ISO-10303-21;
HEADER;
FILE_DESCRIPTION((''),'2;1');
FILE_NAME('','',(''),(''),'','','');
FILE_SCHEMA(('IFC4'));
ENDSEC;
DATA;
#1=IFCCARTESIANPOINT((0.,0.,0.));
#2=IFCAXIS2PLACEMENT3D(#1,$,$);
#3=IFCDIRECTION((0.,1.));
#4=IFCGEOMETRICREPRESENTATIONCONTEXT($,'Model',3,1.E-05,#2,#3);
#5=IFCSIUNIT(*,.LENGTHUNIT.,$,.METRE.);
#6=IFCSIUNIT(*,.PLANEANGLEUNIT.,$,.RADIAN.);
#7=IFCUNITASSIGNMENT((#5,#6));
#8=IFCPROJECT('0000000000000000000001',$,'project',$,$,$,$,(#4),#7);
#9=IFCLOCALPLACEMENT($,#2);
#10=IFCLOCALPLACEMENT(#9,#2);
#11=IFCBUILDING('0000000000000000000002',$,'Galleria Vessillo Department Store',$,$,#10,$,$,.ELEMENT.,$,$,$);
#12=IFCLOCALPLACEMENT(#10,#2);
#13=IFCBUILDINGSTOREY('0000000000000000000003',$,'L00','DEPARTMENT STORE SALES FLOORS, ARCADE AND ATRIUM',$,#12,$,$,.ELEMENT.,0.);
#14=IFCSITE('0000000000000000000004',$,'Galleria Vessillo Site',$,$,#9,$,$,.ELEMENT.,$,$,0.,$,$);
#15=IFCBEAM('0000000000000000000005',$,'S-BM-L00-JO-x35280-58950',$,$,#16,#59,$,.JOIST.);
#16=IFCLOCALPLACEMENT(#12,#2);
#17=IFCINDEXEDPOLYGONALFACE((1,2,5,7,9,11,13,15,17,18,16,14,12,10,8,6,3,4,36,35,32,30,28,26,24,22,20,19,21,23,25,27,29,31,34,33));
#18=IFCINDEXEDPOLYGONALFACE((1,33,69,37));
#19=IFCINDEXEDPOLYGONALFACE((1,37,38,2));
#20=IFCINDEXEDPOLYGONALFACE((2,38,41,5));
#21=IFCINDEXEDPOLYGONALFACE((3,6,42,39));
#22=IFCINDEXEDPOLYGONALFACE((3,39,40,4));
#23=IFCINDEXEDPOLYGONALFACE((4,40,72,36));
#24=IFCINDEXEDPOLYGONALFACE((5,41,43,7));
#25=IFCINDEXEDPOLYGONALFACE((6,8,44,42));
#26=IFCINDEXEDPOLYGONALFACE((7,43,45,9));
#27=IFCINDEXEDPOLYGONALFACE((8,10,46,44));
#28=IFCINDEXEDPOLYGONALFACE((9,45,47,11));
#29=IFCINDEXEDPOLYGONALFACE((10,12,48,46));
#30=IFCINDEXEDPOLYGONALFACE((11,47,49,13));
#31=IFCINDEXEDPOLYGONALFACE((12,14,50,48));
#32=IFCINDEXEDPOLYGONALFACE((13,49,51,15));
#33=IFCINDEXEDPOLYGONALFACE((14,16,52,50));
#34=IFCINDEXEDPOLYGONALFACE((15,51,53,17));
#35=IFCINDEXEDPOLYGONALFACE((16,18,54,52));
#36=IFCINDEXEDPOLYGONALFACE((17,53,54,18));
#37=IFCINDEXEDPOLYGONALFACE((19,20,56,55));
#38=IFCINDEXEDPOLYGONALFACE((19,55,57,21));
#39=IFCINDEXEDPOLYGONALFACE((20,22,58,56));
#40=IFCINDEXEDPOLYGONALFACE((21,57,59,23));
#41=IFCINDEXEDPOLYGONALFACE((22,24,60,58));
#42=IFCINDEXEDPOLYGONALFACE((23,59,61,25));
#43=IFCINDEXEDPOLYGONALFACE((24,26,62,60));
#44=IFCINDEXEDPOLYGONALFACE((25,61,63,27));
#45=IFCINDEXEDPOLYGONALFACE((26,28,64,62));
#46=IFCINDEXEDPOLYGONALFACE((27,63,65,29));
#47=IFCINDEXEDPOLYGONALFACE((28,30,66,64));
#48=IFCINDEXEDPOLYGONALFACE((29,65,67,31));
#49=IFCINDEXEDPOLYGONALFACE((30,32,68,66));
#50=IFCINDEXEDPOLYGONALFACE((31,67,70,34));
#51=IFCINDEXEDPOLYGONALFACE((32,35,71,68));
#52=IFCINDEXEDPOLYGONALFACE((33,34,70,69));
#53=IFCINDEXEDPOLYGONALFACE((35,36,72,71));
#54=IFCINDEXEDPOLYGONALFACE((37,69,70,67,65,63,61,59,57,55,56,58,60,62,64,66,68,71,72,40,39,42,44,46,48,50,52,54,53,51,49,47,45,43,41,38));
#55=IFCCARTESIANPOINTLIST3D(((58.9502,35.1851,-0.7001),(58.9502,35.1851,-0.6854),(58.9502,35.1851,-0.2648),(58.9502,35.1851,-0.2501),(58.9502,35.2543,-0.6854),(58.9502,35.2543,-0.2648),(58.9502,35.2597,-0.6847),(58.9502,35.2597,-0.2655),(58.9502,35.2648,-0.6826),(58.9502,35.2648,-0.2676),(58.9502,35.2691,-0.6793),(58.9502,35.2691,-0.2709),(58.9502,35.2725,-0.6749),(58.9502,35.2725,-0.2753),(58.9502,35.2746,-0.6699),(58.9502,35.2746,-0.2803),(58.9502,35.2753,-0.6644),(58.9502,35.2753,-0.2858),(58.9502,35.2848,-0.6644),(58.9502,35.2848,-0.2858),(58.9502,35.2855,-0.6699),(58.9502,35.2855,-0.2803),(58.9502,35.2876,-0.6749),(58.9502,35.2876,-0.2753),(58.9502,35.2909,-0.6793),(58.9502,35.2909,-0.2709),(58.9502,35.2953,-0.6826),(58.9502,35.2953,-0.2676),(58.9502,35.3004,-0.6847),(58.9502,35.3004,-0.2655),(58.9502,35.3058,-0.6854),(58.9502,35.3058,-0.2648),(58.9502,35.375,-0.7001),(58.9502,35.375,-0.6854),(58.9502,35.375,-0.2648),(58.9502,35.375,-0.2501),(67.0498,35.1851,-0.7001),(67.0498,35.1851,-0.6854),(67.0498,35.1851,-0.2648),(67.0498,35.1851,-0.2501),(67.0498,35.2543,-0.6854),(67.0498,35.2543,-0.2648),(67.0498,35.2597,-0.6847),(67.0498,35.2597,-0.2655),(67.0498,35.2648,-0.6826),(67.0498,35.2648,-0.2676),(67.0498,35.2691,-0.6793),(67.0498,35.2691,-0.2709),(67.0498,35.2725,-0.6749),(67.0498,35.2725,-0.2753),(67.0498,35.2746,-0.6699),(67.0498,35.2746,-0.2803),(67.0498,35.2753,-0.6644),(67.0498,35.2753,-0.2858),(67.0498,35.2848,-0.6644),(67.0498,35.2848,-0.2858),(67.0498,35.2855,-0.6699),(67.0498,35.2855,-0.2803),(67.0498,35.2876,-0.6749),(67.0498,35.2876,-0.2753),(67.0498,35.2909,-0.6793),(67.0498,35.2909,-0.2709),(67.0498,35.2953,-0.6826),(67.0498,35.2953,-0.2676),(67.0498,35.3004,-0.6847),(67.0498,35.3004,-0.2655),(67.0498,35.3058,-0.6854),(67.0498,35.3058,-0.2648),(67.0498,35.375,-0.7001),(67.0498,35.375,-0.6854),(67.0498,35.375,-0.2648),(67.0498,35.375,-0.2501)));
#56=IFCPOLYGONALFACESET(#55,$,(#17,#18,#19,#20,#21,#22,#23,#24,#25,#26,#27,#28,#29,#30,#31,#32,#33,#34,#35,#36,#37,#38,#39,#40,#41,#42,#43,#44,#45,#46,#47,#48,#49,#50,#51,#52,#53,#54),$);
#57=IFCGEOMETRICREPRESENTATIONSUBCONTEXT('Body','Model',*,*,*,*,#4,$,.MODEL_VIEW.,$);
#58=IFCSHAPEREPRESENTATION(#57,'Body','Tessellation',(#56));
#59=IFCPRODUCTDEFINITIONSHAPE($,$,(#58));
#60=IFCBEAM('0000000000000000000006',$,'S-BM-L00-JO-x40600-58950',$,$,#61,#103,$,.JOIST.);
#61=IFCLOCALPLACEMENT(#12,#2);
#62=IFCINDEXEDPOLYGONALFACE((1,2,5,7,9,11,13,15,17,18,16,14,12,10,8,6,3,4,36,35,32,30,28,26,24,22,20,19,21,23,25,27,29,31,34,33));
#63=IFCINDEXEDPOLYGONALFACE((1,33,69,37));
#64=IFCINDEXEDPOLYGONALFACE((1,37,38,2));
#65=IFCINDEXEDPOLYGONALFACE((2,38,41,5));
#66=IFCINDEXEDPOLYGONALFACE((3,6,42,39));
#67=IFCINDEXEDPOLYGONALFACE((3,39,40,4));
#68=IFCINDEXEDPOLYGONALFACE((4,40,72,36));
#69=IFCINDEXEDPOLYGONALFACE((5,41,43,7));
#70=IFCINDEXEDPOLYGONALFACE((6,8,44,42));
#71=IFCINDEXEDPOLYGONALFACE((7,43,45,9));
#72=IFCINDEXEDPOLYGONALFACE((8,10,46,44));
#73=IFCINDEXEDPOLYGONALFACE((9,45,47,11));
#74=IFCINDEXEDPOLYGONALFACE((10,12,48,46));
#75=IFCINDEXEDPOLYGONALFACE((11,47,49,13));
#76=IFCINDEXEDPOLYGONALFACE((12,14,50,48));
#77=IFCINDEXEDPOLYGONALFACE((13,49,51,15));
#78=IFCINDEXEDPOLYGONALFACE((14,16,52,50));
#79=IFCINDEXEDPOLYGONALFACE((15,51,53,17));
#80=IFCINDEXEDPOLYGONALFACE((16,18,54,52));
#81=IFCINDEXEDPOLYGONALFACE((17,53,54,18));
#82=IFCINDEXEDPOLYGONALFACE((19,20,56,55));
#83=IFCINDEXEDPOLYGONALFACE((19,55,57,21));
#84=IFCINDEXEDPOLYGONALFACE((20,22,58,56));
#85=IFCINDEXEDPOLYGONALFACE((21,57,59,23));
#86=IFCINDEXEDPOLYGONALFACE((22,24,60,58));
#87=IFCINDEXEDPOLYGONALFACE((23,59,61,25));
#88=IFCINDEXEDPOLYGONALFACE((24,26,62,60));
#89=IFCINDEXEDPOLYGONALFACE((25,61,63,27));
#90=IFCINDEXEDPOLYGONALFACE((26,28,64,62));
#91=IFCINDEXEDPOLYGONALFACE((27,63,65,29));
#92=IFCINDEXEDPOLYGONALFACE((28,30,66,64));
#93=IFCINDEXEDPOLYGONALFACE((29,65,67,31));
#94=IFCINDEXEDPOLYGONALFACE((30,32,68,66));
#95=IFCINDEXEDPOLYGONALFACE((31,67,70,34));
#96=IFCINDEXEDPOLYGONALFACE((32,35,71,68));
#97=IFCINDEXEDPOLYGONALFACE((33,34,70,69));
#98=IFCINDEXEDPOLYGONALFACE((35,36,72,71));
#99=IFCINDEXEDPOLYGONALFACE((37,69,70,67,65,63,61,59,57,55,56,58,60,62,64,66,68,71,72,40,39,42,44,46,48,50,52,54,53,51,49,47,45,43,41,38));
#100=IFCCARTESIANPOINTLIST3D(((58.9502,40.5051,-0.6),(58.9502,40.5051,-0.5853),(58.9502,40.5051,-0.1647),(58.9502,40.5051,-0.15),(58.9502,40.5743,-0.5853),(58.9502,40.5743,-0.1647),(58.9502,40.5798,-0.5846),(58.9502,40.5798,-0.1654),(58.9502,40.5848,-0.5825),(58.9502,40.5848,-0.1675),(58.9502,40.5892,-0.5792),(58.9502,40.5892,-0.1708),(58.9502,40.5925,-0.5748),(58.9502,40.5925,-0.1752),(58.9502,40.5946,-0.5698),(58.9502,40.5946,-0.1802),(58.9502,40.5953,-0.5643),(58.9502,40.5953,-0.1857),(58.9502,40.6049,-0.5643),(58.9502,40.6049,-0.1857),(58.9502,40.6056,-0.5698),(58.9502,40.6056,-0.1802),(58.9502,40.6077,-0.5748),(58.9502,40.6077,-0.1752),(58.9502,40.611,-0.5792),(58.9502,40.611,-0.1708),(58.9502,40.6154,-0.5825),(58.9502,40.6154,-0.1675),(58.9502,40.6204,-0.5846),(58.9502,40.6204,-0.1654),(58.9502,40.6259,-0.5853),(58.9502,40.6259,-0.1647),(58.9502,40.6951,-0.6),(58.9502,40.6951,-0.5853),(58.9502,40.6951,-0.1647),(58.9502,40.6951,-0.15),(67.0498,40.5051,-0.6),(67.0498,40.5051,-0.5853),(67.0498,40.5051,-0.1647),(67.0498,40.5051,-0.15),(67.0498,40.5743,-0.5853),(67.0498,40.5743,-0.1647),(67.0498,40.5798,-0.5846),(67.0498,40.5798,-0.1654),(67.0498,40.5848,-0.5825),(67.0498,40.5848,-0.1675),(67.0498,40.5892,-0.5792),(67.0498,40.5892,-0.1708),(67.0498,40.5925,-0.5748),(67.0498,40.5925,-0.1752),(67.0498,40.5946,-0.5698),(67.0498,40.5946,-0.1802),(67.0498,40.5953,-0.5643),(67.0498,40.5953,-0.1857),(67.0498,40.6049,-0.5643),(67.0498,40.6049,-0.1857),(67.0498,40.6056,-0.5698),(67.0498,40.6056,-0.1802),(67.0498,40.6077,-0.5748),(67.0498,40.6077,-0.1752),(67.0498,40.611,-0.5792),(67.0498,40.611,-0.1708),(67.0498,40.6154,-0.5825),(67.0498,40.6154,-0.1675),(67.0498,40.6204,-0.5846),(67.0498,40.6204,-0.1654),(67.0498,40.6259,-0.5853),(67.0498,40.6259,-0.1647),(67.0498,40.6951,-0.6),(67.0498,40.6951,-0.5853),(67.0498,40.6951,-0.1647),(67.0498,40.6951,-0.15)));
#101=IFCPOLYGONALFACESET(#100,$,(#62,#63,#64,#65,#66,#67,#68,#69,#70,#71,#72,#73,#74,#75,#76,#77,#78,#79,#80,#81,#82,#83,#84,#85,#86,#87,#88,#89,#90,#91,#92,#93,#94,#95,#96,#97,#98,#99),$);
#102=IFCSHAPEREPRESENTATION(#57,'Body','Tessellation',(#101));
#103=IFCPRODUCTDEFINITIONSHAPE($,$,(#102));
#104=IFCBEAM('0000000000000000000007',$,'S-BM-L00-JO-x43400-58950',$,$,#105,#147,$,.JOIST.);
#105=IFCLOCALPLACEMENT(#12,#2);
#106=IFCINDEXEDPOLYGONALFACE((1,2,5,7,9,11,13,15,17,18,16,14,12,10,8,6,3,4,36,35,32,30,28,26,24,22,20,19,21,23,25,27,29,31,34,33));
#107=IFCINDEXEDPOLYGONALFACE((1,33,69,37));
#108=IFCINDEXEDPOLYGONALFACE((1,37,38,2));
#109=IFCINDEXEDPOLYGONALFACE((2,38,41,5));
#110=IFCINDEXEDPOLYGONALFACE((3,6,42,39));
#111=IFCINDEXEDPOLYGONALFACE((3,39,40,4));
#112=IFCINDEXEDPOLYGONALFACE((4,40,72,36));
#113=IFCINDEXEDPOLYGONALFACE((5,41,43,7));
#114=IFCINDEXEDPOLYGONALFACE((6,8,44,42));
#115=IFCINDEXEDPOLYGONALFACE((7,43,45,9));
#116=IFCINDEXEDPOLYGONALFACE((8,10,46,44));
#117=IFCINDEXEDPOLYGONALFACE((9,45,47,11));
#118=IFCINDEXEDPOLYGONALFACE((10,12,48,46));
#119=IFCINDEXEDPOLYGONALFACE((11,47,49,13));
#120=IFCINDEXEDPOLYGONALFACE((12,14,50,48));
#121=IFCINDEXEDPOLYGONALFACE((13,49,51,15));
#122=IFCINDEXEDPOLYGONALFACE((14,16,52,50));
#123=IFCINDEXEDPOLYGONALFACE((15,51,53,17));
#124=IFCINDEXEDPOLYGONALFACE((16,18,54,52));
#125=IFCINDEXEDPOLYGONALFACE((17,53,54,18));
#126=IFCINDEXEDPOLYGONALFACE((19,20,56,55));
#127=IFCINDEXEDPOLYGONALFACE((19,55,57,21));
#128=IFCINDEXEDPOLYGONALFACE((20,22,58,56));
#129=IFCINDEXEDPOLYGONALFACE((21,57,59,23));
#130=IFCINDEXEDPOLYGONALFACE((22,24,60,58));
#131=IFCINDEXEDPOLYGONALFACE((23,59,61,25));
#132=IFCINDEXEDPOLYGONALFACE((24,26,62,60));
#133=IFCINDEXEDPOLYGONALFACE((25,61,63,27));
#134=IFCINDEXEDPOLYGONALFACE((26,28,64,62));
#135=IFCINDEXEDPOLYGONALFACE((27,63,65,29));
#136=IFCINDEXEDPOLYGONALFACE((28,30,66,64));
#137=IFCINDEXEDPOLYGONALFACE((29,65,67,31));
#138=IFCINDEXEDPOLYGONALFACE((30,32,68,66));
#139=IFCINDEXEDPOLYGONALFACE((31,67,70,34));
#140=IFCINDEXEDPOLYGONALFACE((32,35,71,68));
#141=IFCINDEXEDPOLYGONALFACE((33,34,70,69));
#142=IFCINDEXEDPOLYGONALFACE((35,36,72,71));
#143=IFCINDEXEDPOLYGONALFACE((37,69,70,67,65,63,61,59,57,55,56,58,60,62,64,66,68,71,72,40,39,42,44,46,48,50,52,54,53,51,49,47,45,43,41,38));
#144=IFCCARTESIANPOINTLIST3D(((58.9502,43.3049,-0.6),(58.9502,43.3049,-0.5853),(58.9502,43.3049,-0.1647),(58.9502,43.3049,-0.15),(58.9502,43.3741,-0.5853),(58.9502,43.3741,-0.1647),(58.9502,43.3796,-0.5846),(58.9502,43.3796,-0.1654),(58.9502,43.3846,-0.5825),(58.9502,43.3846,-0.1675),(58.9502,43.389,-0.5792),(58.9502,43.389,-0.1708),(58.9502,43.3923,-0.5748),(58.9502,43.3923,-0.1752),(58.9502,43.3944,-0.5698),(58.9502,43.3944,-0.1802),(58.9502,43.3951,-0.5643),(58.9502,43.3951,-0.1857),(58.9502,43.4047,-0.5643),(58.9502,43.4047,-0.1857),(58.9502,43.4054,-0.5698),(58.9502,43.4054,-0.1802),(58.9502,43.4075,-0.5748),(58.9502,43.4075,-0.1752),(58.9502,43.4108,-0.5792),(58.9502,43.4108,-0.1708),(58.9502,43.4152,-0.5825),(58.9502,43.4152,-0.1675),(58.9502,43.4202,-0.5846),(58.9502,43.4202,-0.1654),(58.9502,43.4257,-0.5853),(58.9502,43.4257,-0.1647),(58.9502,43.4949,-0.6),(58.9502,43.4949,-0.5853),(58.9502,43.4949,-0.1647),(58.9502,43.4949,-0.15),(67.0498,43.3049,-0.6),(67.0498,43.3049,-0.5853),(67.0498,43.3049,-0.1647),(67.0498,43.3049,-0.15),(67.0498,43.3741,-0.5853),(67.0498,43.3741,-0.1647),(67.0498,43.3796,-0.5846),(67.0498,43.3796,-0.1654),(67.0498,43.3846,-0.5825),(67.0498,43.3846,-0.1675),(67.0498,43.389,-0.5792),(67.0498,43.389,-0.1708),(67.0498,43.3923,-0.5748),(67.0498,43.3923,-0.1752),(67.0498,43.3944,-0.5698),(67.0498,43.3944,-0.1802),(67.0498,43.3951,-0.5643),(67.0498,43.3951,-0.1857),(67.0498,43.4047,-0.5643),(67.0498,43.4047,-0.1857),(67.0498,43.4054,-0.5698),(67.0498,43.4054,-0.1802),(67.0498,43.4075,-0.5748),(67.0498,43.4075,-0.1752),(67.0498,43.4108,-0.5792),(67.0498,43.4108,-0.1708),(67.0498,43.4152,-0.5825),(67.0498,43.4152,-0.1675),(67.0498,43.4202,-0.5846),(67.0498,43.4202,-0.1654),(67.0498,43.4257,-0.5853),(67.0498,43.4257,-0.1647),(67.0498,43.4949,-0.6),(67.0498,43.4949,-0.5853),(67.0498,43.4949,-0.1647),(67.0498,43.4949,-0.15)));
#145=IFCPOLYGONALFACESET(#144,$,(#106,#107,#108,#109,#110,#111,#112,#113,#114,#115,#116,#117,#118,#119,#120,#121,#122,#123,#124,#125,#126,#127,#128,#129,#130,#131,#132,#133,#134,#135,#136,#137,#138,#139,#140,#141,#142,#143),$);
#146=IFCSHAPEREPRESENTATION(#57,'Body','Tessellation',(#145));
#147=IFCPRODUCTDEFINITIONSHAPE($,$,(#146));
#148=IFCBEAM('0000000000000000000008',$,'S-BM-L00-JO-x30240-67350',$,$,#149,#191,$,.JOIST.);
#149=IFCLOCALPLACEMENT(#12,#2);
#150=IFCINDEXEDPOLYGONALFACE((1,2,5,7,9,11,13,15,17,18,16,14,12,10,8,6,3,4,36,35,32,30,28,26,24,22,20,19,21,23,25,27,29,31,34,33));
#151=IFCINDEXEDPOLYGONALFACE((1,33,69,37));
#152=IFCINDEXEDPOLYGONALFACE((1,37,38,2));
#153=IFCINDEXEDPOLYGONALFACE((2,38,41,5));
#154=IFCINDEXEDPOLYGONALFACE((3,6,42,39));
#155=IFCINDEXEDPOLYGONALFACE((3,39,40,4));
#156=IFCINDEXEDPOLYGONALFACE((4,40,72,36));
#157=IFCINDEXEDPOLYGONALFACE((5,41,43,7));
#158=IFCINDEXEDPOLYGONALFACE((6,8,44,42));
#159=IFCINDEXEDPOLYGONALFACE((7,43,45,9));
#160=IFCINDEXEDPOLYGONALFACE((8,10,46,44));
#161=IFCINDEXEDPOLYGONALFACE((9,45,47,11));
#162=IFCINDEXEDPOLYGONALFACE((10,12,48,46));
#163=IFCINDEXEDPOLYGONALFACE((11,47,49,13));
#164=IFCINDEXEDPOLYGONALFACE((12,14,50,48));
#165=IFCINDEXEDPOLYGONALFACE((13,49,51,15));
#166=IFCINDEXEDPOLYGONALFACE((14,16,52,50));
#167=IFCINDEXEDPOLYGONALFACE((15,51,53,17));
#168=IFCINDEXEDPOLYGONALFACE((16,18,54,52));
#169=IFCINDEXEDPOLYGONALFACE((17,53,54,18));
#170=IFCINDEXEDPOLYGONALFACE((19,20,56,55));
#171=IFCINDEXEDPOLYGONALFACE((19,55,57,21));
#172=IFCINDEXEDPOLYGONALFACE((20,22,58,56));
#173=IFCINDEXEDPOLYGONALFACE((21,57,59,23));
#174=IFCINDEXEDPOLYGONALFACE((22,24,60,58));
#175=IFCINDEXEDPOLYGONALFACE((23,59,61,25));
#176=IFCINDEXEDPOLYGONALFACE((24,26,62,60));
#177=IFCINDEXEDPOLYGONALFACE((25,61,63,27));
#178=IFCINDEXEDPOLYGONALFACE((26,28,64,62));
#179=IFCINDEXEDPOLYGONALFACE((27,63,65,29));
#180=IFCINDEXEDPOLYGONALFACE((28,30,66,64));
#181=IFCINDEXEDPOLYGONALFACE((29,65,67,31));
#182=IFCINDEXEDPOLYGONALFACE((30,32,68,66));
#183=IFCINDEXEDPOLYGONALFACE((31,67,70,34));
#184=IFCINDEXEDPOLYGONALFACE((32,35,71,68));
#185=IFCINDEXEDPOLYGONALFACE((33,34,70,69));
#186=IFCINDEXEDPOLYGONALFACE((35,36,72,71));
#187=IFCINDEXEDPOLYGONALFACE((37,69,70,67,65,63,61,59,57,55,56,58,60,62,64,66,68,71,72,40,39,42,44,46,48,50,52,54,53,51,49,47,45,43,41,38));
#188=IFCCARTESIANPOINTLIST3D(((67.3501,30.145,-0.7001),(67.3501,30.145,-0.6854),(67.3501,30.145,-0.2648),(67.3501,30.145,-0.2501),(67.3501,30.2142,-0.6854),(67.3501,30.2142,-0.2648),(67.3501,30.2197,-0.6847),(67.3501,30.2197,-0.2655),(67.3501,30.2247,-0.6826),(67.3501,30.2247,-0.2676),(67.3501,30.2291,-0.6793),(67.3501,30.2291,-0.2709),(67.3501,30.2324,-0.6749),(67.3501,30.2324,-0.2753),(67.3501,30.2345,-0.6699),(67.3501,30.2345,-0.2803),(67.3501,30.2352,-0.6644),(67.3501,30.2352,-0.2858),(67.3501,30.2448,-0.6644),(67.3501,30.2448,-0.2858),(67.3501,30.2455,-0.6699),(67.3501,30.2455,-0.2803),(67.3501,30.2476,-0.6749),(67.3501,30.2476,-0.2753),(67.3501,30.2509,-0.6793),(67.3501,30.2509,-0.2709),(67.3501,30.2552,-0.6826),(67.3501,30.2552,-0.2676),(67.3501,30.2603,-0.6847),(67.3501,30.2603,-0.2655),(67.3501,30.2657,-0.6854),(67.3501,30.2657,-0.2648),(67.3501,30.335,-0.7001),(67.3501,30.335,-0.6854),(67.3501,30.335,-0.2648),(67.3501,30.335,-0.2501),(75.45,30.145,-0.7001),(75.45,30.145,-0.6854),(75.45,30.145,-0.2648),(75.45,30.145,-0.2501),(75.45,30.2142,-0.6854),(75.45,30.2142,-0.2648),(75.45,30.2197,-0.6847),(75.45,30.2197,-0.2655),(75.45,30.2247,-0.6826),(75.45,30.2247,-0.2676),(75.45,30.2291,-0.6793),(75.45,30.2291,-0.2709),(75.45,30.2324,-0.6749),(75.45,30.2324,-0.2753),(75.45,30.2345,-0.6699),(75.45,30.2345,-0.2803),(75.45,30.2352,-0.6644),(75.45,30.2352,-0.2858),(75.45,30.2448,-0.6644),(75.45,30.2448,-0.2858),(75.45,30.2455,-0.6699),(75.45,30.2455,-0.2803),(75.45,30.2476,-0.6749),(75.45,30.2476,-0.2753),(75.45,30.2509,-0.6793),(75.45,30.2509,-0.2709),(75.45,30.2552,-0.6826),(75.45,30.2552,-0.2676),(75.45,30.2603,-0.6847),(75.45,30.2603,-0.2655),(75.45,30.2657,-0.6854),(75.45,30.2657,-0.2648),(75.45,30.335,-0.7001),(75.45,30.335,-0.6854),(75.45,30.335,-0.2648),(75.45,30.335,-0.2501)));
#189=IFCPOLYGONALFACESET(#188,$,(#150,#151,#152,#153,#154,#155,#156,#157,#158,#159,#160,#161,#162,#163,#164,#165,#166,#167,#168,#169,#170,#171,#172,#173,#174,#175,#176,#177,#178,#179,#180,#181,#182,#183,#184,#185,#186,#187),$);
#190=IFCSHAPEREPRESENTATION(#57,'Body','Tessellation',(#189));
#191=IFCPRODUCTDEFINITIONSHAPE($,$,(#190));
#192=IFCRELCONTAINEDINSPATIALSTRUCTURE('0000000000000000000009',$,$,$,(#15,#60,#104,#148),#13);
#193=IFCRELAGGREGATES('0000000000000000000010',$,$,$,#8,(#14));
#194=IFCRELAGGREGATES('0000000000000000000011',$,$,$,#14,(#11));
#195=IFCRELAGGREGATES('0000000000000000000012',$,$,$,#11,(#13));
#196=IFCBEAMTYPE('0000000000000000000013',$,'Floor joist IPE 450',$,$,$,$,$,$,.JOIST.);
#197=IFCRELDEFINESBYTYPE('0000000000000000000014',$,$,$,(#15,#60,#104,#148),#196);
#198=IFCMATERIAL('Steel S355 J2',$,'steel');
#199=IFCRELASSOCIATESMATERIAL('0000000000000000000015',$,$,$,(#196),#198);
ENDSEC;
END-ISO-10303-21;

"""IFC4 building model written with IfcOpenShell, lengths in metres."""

from ifc_helpers import new_model, si_unit, direction, frame, origin, origin_2d, place, context, subcontext, project, spatial, i_section, extrude, material, material_profile, profile_set, type_object, element, save


model = new_model("IFC4")

# Units and contexts
model_context = context("Model", 3, precision=1e-05, world=origin(), true_north=direction((0.0, 1.0)))
body_context = subcontext(model_context, "Body", "Model", "MODEL_VIEW")
ifc_project = project(units=[si_unit("LENGTHUNIT", "METRE"), si_unit("PLANEANGLEUNIT", "RADIAN")], contexts=[model_context])

# Site, building, storey
site_placement = place(None, origin())
site = spatial("IfcSite", under=ifc_project, at=site_placement, Name="Galleria Vessillo Site", CompositionType="ELEMENT", RefElevation=0.0)
building_placement = place(site_placement, origin())
building = spatial("IfcBuilding", under=site, at=building_placement, Name="Galleria Vessillo Department Store", CompositionType="ELEMENT")
storey_placement = place(building_placement, origin())
storey = spatial("IfcBuildingStorey", under=building, at=storey_placement, Name="L00", Description="DEPARTMENT STORE SALES FLOORS, ARCADE AND ATRIUM", CompositionType="ELEMENT", Elevation=0.0)

# Beams
ifc_material_1 = material(Name="Steel S355 J2", Category="steel")
ifc_material_profile_1 = material_profile(ifc_material_1, i_section(OverallWidth=0.1899, OverallDepth=0.45, WebThickness=0.0095, FlangeThickness=0.0146, FilletRadius=0.021, at=origin_2d()), Name="IPE 450")
ifc_profile_set_1 = profile_set([ifc_material_profile_1], Name="Steel S355 J2")
beam_type_1 = type_object("IfcBeamType", Name="Floor joist IPE 450", PredefinedType="JOIST", material=ifc_profile_set_1)
for number, where, z_axis, x_axis, name in (
    (1, (58.9502, 35.28, -0.4751), (1.0, 0.0, 0.0), (0.0, 1.0, 0.0), "S-BM-L00-JO-x35280-58950"),
    (2, (58.9502, 40.6001, -0.375), (1.0, 0.0, 0.0), (0.0, 1.0, 0.0), "S-BM-L00-JO-x40600-58950"),
    (3, (58.9502, 43.3999, -0.375), (1.0, 0.0, 0.0), (0.0, 1.0, 0.0), "S-BM-L00-JO-x43400-58950"),
):
    element("IfcBeam", number, at=place(storey_placement, frame(where, z_axis=z_axis, x_axis=x_axis)), inside=storey, type_object=beam_type_1, Name=name, PredefinedType="JOIST", context=body_context, shape_type="SweptSolid", body=[
        extrude(i_section(OverallWidth=0.1899, OverallDepth=0.45, WebThickness=0.0095, FlangeThickness=0.0146, FilletRadius=0.021, at=origin_2d()), origin(), (0.0, 0.0, 1.0), 8.0996),
    ])
for number, where, z_axis, x_axis, name in (
    (4, (67.3501, 30.24, -0.4751), (1.0, 0.0, 0.0), (0.0, 1.0, 0.0), "S-BM-L00-JO-x30240-67350"),
):
    element("IfcBeam", number, at=place(storey_placement, frame(where, z_axis=z_axis, x_axis=x_axis)), inside=storey, type_object=beam_type_1, Name=name, PredefinedType="JOIST", context=body_context, shape_type="SweptSolid", body=[
        extrude(i_section(OverallWidth=0.1899, OverallDepth=0.45, WebThickness=0.0095, FlangeThickness=0.0146, FilletRadius=0.021, at=origin_2d()), origin(), (0.0, 0.0, 1.0), 8.0999),
    ])

save(model, "model.ifc")
